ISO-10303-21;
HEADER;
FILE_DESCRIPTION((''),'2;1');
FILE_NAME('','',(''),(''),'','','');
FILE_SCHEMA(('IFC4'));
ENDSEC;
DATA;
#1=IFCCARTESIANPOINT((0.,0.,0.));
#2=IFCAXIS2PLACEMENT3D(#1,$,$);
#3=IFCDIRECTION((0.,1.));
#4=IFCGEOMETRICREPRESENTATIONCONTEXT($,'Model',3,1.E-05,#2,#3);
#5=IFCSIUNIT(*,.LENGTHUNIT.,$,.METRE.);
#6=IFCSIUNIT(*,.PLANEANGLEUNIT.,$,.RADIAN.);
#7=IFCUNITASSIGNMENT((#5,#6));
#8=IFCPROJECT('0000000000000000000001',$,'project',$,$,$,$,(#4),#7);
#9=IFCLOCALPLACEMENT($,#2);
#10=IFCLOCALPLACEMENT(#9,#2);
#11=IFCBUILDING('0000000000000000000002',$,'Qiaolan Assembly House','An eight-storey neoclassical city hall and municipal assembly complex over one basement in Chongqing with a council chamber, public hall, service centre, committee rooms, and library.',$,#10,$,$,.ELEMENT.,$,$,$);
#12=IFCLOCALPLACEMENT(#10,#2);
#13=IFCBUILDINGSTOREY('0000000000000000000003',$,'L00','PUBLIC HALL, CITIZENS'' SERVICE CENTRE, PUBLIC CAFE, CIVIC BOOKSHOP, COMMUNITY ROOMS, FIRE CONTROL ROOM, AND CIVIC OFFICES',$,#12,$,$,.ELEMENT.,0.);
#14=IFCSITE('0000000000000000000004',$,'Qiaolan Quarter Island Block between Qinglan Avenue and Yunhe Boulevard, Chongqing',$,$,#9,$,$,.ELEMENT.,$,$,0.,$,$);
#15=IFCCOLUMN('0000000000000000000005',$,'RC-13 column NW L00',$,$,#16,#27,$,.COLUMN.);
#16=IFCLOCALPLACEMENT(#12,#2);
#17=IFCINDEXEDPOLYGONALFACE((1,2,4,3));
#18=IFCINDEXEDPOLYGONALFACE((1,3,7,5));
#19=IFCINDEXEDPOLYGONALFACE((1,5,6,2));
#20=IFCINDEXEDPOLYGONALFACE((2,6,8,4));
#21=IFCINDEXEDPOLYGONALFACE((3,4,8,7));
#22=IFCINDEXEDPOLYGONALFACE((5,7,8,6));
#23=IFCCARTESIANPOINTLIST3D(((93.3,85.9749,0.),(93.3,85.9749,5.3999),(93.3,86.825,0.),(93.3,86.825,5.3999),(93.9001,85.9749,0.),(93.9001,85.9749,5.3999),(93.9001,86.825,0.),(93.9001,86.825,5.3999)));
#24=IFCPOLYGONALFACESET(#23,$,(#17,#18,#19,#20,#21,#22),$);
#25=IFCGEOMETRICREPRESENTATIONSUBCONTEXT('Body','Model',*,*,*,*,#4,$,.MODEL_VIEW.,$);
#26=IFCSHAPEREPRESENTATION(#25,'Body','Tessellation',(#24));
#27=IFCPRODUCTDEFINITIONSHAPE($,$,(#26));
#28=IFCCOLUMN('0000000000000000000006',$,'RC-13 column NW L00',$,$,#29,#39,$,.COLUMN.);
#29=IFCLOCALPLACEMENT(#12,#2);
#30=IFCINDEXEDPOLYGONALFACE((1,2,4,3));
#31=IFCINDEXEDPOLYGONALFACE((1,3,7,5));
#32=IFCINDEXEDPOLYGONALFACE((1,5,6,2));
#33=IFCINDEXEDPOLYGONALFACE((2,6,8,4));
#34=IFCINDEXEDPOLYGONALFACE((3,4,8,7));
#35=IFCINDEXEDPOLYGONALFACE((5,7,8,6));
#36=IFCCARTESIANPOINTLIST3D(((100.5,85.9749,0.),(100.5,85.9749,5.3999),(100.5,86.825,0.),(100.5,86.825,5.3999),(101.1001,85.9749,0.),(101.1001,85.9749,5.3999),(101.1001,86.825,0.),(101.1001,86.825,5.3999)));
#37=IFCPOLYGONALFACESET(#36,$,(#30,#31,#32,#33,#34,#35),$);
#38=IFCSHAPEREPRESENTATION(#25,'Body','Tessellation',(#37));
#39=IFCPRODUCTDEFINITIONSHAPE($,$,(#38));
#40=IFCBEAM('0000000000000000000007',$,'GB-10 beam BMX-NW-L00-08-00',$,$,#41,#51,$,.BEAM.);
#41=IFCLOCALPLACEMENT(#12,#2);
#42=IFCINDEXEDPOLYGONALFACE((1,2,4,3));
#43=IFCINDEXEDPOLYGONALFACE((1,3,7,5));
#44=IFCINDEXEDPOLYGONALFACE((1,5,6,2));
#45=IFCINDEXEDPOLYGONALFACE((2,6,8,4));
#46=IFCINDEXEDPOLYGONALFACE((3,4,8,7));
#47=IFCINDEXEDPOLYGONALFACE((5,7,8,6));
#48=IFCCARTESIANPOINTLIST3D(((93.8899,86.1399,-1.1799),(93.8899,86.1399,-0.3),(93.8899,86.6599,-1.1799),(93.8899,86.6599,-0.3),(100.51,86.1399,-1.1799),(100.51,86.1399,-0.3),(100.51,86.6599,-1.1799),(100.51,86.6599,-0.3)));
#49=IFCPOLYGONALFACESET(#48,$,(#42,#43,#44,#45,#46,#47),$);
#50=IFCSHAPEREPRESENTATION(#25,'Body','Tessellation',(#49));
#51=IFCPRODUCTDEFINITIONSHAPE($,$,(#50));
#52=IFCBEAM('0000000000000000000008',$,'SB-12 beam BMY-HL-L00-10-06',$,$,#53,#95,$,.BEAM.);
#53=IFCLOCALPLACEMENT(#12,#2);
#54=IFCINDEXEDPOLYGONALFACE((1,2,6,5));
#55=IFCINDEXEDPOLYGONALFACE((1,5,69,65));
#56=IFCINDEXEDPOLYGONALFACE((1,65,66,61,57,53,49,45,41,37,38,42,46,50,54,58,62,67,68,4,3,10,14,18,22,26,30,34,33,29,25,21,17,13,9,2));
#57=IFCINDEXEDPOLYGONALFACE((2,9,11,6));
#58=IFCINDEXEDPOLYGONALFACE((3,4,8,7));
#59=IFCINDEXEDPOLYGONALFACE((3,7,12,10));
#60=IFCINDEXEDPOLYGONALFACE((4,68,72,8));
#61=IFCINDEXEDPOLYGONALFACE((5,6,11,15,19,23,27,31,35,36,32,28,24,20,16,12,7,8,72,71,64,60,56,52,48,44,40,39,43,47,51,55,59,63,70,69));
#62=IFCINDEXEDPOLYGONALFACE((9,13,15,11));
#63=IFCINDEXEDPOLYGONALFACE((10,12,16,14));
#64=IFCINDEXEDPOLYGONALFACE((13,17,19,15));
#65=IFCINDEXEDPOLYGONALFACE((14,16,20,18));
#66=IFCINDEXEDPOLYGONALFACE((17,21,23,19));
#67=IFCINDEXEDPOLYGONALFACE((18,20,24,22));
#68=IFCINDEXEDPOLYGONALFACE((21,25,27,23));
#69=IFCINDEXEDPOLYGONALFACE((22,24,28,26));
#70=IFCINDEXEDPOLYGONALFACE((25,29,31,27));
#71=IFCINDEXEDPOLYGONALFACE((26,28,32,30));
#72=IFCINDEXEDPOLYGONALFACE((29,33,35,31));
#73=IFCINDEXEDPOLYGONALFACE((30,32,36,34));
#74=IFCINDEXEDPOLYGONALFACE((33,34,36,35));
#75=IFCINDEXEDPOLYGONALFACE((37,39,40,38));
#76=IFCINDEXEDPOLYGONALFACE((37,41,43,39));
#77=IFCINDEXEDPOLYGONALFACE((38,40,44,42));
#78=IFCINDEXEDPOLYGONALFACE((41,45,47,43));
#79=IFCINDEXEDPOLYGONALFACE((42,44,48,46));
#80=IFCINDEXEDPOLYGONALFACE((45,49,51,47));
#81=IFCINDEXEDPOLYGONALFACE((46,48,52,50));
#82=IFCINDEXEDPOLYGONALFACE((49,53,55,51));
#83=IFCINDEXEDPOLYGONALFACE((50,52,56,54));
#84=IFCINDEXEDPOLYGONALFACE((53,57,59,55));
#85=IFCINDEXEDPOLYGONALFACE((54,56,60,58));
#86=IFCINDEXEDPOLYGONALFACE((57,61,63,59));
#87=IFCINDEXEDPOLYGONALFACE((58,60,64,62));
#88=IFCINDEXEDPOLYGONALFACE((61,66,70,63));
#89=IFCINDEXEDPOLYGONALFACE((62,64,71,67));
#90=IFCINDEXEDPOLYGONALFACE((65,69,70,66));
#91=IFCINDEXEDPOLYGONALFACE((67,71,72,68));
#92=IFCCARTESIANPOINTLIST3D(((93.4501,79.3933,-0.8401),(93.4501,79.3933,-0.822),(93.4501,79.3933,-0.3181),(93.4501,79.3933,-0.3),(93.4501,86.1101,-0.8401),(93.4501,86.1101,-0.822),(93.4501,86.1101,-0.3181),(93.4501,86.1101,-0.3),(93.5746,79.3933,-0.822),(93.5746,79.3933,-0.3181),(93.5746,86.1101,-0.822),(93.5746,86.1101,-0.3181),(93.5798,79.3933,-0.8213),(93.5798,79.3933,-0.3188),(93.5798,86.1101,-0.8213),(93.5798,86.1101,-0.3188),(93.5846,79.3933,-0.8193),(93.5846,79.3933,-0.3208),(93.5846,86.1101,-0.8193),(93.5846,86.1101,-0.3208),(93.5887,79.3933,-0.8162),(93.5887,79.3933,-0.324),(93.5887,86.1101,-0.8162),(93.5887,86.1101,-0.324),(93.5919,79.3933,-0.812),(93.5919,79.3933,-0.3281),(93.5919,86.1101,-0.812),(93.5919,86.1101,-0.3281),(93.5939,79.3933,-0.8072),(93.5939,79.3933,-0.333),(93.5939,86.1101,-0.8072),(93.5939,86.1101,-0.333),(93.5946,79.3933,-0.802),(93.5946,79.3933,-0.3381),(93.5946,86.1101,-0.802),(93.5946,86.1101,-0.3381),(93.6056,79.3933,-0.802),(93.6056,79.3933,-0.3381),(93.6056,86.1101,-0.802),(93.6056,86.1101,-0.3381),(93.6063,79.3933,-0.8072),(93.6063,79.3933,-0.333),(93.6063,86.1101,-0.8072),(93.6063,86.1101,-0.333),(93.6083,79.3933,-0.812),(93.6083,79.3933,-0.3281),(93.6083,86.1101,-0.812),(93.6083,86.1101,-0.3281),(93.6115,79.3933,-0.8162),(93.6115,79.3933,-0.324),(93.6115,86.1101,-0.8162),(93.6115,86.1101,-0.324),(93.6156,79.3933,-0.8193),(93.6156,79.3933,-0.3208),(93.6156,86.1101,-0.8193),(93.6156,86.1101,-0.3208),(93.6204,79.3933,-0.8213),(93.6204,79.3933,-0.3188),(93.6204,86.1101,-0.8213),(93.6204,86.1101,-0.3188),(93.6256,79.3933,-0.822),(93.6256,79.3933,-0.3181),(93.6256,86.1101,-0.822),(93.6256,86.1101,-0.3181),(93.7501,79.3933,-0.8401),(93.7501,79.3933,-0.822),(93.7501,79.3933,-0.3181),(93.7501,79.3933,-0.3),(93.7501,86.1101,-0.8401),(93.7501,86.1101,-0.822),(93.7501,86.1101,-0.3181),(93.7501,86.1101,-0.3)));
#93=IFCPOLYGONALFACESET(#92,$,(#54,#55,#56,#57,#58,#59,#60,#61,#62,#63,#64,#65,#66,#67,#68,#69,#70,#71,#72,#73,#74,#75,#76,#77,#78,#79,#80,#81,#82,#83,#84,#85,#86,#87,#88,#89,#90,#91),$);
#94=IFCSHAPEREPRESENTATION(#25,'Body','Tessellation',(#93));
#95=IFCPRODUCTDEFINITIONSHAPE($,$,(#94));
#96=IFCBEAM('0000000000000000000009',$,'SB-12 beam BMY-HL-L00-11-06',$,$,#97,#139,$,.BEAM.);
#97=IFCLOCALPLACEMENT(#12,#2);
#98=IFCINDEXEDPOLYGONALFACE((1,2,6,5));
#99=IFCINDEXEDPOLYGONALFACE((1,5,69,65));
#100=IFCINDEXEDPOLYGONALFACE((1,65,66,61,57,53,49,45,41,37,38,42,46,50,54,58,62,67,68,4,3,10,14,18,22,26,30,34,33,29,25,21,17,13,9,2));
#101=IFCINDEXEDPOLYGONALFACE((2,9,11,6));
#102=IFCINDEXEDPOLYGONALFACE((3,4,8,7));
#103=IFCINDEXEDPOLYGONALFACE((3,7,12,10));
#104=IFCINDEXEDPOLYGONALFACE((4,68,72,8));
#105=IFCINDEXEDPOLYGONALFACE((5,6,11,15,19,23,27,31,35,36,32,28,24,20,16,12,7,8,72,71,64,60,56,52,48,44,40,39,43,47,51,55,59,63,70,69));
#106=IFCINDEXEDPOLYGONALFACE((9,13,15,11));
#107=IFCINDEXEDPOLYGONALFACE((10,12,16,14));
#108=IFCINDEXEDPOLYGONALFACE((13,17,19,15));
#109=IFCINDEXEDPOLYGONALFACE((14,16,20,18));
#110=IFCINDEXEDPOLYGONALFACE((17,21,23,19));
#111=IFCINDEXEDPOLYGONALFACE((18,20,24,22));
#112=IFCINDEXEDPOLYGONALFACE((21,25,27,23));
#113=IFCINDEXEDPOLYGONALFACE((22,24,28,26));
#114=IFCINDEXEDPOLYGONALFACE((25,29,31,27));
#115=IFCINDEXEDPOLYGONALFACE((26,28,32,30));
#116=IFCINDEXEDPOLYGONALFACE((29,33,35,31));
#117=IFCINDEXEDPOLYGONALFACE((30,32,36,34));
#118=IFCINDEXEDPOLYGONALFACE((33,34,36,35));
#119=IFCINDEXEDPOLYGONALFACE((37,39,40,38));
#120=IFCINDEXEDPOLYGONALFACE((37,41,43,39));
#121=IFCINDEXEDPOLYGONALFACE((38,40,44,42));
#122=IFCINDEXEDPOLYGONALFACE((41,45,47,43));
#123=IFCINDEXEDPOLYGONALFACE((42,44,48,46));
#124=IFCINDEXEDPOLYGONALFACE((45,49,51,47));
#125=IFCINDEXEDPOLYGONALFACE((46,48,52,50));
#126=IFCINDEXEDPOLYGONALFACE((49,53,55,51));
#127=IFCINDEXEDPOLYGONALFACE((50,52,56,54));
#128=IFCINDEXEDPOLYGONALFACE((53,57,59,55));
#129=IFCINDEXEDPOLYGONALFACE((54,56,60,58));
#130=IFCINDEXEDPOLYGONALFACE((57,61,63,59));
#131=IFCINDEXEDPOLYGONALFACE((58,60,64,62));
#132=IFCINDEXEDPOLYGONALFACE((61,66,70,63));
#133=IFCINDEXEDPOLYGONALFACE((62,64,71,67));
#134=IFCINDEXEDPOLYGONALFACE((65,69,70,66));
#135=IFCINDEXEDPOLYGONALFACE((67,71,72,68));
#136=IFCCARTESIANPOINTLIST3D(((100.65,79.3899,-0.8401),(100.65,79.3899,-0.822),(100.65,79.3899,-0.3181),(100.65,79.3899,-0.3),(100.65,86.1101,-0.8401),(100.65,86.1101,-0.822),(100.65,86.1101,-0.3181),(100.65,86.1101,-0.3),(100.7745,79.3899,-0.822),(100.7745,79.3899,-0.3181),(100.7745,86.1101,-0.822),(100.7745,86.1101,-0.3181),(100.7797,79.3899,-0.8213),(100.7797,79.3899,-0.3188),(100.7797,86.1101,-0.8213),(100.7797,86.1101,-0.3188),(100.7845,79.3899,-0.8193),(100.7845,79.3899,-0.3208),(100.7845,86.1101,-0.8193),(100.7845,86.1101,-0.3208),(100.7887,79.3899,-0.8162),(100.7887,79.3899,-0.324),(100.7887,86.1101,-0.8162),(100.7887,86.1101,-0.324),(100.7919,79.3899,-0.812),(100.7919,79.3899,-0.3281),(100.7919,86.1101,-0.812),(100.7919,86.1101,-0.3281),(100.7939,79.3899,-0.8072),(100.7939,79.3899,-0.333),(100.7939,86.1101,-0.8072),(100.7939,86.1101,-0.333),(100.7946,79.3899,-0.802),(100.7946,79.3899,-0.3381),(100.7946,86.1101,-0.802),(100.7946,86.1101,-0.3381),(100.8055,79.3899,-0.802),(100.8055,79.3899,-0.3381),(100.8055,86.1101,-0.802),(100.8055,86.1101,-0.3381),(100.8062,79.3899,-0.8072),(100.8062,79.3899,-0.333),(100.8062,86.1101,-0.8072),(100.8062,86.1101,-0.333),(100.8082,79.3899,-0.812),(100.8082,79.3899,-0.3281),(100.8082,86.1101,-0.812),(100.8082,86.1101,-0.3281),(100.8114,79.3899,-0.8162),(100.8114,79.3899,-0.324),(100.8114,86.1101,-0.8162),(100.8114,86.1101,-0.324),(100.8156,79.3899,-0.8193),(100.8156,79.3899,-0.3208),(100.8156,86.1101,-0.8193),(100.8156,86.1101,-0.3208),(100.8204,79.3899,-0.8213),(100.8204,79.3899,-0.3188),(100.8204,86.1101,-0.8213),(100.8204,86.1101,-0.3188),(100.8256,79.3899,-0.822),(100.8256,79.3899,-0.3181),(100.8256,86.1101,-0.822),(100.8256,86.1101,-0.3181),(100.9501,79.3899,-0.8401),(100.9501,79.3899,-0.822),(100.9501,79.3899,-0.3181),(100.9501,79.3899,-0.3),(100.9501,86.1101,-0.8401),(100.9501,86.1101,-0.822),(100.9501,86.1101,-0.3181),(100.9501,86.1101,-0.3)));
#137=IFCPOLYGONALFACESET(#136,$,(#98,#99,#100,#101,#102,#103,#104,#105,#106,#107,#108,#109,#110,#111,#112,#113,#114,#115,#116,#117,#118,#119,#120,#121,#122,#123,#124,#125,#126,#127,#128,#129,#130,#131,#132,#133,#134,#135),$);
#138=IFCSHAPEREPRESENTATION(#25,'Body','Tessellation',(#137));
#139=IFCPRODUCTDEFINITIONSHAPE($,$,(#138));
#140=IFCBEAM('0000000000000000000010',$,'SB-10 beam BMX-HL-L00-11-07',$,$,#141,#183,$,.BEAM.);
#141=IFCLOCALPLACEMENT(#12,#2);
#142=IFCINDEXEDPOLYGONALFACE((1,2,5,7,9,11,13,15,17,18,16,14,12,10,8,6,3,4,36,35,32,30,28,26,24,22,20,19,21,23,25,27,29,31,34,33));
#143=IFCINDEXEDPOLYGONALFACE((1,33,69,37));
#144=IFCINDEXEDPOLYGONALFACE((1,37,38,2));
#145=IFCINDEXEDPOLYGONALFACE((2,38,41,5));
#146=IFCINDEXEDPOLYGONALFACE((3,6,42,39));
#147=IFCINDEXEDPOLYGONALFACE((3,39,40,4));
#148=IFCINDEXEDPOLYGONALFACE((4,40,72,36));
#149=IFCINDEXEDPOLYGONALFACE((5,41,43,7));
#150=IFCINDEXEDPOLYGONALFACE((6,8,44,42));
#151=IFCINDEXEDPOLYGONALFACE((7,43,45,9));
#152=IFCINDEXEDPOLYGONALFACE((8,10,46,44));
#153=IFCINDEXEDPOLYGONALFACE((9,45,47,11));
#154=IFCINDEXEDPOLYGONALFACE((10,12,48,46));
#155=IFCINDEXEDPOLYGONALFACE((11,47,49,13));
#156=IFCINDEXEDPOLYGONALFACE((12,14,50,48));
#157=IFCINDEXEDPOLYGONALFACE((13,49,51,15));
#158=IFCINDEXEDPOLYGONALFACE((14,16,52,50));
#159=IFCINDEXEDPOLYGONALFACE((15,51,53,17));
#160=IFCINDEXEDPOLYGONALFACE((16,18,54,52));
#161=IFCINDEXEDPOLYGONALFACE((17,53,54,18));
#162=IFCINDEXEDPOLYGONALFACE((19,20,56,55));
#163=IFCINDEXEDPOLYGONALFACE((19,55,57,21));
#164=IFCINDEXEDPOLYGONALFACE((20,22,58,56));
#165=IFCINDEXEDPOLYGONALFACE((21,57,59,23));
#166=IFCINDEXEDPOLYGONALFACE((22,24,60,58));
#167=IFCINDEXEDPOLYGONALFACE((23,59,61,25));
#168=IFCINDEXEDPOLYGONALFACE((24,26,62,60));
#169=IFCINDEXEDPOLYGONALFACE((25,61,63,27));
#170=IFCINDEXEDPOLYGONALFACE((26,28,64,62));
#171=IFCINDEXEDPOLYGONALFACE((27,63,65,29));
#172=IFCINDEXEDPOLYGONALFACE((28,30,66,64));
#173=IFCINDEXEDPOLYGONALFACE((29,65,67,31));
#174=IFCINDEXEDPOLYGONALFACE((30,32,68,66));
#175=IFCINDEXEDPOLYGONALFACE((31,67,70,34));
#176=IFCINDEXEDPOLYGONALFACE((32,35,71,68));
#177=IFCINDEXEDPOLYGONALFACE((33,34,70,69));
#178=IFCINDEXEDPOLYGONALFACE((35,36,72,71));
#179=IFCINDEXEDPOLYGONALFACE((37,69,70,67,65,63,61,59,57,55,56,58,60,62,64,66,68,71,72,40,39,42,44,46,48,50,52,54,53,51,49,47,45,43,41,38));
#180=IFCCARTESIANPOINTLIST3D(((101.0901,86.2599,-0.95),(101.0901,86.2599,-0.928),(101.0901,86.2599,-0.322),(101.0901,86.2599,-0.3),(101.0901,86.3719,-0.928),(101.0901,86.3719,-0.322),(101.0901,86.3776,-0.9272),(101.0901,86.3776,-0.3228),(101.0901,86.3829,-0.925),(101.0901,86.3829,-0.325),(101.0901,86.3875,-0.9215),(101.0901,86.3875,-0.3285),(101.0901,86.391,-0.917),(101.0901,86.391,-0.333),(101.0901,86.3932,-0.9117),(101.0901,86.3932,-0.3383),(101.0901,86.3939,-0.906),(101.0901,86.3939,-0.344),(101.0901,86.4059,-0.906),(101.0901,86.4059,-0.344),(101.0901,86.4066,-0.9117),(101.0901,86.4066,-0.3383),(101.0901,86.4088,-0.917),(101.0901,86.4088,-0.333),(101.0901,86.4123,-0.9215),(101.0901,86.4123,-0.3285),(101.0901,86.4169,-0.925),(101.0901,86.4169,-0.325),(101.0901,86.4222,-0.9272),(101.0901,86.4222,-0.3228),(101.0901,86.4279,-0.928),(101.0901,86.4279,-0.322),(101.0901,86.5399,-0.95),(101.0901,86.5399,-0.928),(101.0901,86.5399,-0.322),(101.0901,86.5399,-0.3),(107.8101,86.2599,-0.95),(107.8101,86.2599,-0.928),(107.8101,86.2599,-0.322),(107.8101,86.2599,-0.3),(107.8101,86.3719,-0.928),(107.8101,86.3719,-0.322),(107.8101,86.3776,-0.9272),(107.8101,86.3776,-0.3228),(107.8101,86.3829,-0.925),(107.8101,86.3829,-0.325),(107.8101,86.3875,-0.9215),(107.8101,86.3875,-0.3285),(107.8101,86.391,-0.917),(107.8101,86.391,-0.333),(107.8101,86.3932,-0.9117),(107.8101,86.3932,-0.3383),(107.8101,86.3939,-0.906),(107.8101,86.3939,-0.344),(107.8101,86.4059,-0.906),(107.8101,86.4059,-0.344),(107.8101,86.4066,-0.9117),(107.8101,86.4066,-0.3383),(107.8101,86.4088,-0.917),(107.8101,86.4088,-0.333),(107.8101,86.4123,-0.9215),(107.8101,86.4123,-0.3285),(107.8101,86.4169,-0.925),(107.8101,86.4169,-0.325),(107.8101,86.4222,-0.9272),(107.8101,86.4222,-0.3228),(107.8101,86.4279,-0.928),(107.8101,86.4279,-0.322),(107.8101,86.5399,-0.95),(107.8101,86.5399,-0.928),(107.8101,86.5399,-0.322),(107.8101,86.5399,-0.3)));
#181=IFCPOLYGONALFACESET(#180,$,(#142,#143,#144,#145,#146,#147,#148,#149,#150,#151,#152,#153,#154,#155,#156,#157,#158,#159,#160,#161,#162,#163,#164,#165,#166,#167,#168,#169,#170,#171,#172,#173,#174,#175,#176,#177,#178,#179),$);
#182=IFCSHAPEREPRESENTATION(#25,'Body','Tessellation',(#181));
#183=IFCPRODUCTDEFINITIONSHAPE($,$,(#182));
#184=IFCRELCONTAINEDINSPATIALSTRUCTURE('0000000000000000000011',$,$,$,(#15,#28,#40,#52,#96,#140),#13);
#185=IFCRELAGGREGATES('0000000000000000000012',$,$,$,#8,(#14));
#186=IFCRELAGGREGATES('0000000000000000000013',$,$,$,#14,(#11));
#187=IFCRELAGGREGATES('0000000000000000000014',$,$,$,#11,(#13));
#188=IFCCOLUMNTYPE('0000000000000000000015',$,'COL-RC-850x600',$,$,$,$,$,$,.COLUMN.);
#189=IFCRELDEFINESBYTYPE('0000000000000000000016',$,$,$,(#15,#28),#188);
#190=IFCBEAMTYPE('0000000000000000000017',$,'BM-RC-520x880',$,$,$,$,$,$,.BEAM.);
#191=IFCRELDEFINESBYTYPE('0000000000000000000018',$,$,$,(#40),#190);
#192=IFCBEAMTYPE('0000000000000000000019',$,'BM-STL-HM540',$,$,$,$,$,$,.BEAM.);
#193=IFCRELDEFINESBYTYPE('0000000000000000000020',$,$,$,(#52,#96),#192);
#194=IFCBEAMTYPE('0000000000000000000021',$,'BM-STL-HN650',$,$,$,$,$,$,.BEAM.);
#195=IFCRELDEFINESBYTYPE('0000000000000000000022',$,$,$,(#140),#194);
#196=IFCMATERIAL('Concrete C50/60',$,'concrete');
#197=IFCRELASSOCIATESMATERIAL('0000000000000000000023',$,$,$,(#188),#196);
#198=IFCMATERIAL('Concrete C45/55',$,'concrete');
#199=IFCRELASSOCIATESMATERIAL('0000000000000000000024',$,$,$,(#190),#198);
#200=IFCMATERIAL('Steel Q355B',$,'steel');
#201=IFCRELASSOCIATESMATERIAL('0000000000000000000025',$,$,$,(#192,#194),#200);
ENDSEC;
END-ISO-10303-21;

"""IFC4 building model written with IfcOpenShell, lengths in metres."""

from ifc_helpers import new_model, si_unit, direction, frame, origin, origin_2d, place, context, subcontext, project, spatial, rectangle, i_section, extrude, material, material_profile, profile_set, type_object, element, save


model = new_model("IFC4")

# Units and contexts
model_context = context("Model", 3, precision=1e-05, world=origin(), true_north=direction((0.0, 1.0)))
body_context = subcontext(model_context, "Body", "Model", "MODEL_VIEW")
ifc_project = project(units=[si_unit("LENGTHUNIT", "METRE"), si_unit("PLANEANGLEUNIT", "RADIAN")], contexts=[model_context])

# Site, building, storey
site_placement = place(None, origin())
site = spatial("IfcSite", under=ifc_project, at=site_placement, Name="Qiaolan Quarter Island Block between Qinglan Avenue and Yunhe Boulevard, Chongqing", CompositionType="ELEMENT", RefElevation=0.0)
building_placement = place(site_placement, origin())
building = spatial("IfcBuilding", under=site, at=building_placement, Name="Qiaolan Assembly House", Description="An eight-storey neoclassical city hall and municipal assembly complex over one basement in Chongqing with a council chamber, public hall, service centre, committee rooms, and library.", CompositionType="ELEMENT")
storey_placement = place(building_placement, origin())
storey = spatial("IfcBuildingStorey", under=building, at=storey_placement, Name="L00", Description="PUBLIC HALL, CITIZENS' SERVICE CENTRE, PUBLIC CAFE, CIVIC BOOKSHOP, COMMUNITY ROOMS, FIRE CONTROL ROOM, AND CIVIC OFFICES", CompositionType="ELEMENT", Elevation=0.0)

# Columns
ifc_material_1 = material(Name="Concrete C50/60", Category="concrete")
ifc_material_profile_1 = material_profile(ifc_material_1, rectangle(XDim=0.6001, YDim=0.8501, at=origin_2d()), Name="RC 850x600")
ifc_profile_set_1 = profile_set([ifc_material_profile_1], Name="Concrete C50/60")
column_type = type_object("IfcColumnType", Name="COL-RC-850x600", PredefinedType="COLUMN", material=ifc_profile_set_1)
for number, where, z_axis, x_axis, name in (
    (1, (93.6001, 86.3999, 0.0), (0.0, 0.0, 1.0), (1.0, 0.0, 0.0), "RC-13 column NW L00"),
    (2, (100.8, 86.3999, 0.0), (0.0, 0.0, 1.0), (1.0, 0.0, 0.0), "RC-13 column NW L00"),
):
    element("IfcColumn", number, at=place(storey_placement, frame(where, z_axis=z_axis, x_axis=x_axis)), inside=storey, type_object=column_type, Name=name, PredefinedType="COLUMN", context=body_context, shape_type="SweptSolid", body=[
        extrude(rectangle(XDim=0.6001, YDim=0.8501, at=origin_2d()), origin(), (0.0, 0.0, 1.0), 5.3999),
    ])

# Beams
ifc_material_2 = material(Name="Concrete C45/55", Category="concrete")
ifc_material_profile_2 = material_profile(ifc_material_2, rectangle(XDim=0.52, YDim=0.8799, at=origin_2d()), Name="RCB 520x880")
ifc_profile_set_2 = profile_set([ifc_material_profile_2], Name="Concrete C45/55")
beam_type_1 = type_object("IfcBeamType", Name="BM-RC-520x880", PredefinedType="BEAM", material=ifc_profile_set_2)
beam_1_placement = place(storey_placement, frame((93.8899, 86.3999, -0.74), z_axis=(1.0, 0.0, 0.0), x_axis=(0.0, 1.0, 0.0)))
element("IfcBeam", 3, at=beam_1_placement, inside=storey, type_object=beam_type_1, Name="GB-10 beam BMX-NW-L00-08-00", PredefinedType="BEAM", context=body_context, shape_type="SweptSolid", body=[
    extrude(rectangle(XDim=0.52, YDim=0.8799, at=origin_2d()), origin(), (0.0, 0.0, 1.0), 6.6201),
])
ifc_material_3 = material(Name="Steel Q355B", Category="steel")
ifc_material_profile_3 = material_profile(ifc_material_3, i_section(OverallWidth=0.3, OverallDepth=0.54, WebThickness=0.011, FlangeThickness=0.0181, FilletRadius=0.02, at=origin_2d()), Name="HM 540x300x11x18")
ifc_profile_set_3 = profile_set([ifc_material_profile_3], Name="Steel Q355B")
beam_type_2 = type_object("IfcBeamType", Name="BM-STL-HM540", PredefinedType="BEAM", material=ifc_profile_set_3)
beam_2_placement = place(storey_placement, frame((93.6001, 79.3933, -0.5701), z_axis=(0.0, 1.0, 0.0), x_axis=(-1.0, 0.0, 0.0)))
element("IfcBeam", 4, at=beam_2_placement, inside=storey, type_object=beam_type_2, Name="SB-12 beam BMY-HL-L00-10-06", PredefinedType="BEAM", context=body_context, shape_type="SweptSolid", body=[
    extrude(i_section(OverallWidth=0.3, OverallDepth=0.54, WebThickness=0.011, FlangeThickness=0.0181, FilletRadius=0.02, at=origin_2d()), origin(), (0.0, 0.0, 1.0), 6.7168),
])
beam_3_placement = place(storey_placement, frame((100.8, 79.3899, -0.5701), z_axis=(0.0, 1.0, 0.0), x_axis=(-1.0, 0.0, 0.0)))
element("IfcBeam", 5, at=beam_3_placement, inside=storey, type_object=beam_type_2, Name="SB-12 beam BMY-HL-L00-11-06", PredefinedType="BEAM", context=body_context, shape_type="SweptSolid", body=[
    extrude(i_section(OverallWidth=0.3, OverallDepth=0.54, WebThickness=0.011, FlangeThickness=0.0181, FilletRadius=0.02, at=origin_2d()), origin(), (0.0, 0.0, 1.0), 6.7202),
])
ifc_material_profile_4 = material_profile(ifc_material_3, i_section(OverallWidth=0.28, OverallDepth=0.6499, WebThickness=0.012, FlangeThickness=0.022, FilletRadius=0.022, at=origin_2d()), Name="HN 650x280x12x22")
ifc_profile_set_4 = profile_set([ifc_material_profile_4], Name="Steel Q355B")
beam_type_3 = type_object("IfcBeamType", Name="BM-STL-HN650", PredefinedType="BEAM", material=ifc_profile_set_4)
beam_4_placement = place(storey_placement, frame((101.0901, 86.3999, -0.625), z_axis=(1.0, 0.0, 0.0), x_axis=(0.0, 1.0, 0.0)))
element("IfcBeam", 6, at=beam_4_placement, inside=storey, type_object=beam_type_3, Name="SB-10 beam BMX-HL-L00-11-07", PredefinedType="BEAM", context=body_context, shape_type="SweptSolid", body=[
    extrude(i_section(OverallWidth=0.28, OverallDepth=0.6499, WebThickness=0.012, FlangeThickness=0.022, FilletRadius=0.022, at=origin_2d()), origin(), (0.0, 0.0, 1.0), 6.72),
])

save(model, "model.ifc")
